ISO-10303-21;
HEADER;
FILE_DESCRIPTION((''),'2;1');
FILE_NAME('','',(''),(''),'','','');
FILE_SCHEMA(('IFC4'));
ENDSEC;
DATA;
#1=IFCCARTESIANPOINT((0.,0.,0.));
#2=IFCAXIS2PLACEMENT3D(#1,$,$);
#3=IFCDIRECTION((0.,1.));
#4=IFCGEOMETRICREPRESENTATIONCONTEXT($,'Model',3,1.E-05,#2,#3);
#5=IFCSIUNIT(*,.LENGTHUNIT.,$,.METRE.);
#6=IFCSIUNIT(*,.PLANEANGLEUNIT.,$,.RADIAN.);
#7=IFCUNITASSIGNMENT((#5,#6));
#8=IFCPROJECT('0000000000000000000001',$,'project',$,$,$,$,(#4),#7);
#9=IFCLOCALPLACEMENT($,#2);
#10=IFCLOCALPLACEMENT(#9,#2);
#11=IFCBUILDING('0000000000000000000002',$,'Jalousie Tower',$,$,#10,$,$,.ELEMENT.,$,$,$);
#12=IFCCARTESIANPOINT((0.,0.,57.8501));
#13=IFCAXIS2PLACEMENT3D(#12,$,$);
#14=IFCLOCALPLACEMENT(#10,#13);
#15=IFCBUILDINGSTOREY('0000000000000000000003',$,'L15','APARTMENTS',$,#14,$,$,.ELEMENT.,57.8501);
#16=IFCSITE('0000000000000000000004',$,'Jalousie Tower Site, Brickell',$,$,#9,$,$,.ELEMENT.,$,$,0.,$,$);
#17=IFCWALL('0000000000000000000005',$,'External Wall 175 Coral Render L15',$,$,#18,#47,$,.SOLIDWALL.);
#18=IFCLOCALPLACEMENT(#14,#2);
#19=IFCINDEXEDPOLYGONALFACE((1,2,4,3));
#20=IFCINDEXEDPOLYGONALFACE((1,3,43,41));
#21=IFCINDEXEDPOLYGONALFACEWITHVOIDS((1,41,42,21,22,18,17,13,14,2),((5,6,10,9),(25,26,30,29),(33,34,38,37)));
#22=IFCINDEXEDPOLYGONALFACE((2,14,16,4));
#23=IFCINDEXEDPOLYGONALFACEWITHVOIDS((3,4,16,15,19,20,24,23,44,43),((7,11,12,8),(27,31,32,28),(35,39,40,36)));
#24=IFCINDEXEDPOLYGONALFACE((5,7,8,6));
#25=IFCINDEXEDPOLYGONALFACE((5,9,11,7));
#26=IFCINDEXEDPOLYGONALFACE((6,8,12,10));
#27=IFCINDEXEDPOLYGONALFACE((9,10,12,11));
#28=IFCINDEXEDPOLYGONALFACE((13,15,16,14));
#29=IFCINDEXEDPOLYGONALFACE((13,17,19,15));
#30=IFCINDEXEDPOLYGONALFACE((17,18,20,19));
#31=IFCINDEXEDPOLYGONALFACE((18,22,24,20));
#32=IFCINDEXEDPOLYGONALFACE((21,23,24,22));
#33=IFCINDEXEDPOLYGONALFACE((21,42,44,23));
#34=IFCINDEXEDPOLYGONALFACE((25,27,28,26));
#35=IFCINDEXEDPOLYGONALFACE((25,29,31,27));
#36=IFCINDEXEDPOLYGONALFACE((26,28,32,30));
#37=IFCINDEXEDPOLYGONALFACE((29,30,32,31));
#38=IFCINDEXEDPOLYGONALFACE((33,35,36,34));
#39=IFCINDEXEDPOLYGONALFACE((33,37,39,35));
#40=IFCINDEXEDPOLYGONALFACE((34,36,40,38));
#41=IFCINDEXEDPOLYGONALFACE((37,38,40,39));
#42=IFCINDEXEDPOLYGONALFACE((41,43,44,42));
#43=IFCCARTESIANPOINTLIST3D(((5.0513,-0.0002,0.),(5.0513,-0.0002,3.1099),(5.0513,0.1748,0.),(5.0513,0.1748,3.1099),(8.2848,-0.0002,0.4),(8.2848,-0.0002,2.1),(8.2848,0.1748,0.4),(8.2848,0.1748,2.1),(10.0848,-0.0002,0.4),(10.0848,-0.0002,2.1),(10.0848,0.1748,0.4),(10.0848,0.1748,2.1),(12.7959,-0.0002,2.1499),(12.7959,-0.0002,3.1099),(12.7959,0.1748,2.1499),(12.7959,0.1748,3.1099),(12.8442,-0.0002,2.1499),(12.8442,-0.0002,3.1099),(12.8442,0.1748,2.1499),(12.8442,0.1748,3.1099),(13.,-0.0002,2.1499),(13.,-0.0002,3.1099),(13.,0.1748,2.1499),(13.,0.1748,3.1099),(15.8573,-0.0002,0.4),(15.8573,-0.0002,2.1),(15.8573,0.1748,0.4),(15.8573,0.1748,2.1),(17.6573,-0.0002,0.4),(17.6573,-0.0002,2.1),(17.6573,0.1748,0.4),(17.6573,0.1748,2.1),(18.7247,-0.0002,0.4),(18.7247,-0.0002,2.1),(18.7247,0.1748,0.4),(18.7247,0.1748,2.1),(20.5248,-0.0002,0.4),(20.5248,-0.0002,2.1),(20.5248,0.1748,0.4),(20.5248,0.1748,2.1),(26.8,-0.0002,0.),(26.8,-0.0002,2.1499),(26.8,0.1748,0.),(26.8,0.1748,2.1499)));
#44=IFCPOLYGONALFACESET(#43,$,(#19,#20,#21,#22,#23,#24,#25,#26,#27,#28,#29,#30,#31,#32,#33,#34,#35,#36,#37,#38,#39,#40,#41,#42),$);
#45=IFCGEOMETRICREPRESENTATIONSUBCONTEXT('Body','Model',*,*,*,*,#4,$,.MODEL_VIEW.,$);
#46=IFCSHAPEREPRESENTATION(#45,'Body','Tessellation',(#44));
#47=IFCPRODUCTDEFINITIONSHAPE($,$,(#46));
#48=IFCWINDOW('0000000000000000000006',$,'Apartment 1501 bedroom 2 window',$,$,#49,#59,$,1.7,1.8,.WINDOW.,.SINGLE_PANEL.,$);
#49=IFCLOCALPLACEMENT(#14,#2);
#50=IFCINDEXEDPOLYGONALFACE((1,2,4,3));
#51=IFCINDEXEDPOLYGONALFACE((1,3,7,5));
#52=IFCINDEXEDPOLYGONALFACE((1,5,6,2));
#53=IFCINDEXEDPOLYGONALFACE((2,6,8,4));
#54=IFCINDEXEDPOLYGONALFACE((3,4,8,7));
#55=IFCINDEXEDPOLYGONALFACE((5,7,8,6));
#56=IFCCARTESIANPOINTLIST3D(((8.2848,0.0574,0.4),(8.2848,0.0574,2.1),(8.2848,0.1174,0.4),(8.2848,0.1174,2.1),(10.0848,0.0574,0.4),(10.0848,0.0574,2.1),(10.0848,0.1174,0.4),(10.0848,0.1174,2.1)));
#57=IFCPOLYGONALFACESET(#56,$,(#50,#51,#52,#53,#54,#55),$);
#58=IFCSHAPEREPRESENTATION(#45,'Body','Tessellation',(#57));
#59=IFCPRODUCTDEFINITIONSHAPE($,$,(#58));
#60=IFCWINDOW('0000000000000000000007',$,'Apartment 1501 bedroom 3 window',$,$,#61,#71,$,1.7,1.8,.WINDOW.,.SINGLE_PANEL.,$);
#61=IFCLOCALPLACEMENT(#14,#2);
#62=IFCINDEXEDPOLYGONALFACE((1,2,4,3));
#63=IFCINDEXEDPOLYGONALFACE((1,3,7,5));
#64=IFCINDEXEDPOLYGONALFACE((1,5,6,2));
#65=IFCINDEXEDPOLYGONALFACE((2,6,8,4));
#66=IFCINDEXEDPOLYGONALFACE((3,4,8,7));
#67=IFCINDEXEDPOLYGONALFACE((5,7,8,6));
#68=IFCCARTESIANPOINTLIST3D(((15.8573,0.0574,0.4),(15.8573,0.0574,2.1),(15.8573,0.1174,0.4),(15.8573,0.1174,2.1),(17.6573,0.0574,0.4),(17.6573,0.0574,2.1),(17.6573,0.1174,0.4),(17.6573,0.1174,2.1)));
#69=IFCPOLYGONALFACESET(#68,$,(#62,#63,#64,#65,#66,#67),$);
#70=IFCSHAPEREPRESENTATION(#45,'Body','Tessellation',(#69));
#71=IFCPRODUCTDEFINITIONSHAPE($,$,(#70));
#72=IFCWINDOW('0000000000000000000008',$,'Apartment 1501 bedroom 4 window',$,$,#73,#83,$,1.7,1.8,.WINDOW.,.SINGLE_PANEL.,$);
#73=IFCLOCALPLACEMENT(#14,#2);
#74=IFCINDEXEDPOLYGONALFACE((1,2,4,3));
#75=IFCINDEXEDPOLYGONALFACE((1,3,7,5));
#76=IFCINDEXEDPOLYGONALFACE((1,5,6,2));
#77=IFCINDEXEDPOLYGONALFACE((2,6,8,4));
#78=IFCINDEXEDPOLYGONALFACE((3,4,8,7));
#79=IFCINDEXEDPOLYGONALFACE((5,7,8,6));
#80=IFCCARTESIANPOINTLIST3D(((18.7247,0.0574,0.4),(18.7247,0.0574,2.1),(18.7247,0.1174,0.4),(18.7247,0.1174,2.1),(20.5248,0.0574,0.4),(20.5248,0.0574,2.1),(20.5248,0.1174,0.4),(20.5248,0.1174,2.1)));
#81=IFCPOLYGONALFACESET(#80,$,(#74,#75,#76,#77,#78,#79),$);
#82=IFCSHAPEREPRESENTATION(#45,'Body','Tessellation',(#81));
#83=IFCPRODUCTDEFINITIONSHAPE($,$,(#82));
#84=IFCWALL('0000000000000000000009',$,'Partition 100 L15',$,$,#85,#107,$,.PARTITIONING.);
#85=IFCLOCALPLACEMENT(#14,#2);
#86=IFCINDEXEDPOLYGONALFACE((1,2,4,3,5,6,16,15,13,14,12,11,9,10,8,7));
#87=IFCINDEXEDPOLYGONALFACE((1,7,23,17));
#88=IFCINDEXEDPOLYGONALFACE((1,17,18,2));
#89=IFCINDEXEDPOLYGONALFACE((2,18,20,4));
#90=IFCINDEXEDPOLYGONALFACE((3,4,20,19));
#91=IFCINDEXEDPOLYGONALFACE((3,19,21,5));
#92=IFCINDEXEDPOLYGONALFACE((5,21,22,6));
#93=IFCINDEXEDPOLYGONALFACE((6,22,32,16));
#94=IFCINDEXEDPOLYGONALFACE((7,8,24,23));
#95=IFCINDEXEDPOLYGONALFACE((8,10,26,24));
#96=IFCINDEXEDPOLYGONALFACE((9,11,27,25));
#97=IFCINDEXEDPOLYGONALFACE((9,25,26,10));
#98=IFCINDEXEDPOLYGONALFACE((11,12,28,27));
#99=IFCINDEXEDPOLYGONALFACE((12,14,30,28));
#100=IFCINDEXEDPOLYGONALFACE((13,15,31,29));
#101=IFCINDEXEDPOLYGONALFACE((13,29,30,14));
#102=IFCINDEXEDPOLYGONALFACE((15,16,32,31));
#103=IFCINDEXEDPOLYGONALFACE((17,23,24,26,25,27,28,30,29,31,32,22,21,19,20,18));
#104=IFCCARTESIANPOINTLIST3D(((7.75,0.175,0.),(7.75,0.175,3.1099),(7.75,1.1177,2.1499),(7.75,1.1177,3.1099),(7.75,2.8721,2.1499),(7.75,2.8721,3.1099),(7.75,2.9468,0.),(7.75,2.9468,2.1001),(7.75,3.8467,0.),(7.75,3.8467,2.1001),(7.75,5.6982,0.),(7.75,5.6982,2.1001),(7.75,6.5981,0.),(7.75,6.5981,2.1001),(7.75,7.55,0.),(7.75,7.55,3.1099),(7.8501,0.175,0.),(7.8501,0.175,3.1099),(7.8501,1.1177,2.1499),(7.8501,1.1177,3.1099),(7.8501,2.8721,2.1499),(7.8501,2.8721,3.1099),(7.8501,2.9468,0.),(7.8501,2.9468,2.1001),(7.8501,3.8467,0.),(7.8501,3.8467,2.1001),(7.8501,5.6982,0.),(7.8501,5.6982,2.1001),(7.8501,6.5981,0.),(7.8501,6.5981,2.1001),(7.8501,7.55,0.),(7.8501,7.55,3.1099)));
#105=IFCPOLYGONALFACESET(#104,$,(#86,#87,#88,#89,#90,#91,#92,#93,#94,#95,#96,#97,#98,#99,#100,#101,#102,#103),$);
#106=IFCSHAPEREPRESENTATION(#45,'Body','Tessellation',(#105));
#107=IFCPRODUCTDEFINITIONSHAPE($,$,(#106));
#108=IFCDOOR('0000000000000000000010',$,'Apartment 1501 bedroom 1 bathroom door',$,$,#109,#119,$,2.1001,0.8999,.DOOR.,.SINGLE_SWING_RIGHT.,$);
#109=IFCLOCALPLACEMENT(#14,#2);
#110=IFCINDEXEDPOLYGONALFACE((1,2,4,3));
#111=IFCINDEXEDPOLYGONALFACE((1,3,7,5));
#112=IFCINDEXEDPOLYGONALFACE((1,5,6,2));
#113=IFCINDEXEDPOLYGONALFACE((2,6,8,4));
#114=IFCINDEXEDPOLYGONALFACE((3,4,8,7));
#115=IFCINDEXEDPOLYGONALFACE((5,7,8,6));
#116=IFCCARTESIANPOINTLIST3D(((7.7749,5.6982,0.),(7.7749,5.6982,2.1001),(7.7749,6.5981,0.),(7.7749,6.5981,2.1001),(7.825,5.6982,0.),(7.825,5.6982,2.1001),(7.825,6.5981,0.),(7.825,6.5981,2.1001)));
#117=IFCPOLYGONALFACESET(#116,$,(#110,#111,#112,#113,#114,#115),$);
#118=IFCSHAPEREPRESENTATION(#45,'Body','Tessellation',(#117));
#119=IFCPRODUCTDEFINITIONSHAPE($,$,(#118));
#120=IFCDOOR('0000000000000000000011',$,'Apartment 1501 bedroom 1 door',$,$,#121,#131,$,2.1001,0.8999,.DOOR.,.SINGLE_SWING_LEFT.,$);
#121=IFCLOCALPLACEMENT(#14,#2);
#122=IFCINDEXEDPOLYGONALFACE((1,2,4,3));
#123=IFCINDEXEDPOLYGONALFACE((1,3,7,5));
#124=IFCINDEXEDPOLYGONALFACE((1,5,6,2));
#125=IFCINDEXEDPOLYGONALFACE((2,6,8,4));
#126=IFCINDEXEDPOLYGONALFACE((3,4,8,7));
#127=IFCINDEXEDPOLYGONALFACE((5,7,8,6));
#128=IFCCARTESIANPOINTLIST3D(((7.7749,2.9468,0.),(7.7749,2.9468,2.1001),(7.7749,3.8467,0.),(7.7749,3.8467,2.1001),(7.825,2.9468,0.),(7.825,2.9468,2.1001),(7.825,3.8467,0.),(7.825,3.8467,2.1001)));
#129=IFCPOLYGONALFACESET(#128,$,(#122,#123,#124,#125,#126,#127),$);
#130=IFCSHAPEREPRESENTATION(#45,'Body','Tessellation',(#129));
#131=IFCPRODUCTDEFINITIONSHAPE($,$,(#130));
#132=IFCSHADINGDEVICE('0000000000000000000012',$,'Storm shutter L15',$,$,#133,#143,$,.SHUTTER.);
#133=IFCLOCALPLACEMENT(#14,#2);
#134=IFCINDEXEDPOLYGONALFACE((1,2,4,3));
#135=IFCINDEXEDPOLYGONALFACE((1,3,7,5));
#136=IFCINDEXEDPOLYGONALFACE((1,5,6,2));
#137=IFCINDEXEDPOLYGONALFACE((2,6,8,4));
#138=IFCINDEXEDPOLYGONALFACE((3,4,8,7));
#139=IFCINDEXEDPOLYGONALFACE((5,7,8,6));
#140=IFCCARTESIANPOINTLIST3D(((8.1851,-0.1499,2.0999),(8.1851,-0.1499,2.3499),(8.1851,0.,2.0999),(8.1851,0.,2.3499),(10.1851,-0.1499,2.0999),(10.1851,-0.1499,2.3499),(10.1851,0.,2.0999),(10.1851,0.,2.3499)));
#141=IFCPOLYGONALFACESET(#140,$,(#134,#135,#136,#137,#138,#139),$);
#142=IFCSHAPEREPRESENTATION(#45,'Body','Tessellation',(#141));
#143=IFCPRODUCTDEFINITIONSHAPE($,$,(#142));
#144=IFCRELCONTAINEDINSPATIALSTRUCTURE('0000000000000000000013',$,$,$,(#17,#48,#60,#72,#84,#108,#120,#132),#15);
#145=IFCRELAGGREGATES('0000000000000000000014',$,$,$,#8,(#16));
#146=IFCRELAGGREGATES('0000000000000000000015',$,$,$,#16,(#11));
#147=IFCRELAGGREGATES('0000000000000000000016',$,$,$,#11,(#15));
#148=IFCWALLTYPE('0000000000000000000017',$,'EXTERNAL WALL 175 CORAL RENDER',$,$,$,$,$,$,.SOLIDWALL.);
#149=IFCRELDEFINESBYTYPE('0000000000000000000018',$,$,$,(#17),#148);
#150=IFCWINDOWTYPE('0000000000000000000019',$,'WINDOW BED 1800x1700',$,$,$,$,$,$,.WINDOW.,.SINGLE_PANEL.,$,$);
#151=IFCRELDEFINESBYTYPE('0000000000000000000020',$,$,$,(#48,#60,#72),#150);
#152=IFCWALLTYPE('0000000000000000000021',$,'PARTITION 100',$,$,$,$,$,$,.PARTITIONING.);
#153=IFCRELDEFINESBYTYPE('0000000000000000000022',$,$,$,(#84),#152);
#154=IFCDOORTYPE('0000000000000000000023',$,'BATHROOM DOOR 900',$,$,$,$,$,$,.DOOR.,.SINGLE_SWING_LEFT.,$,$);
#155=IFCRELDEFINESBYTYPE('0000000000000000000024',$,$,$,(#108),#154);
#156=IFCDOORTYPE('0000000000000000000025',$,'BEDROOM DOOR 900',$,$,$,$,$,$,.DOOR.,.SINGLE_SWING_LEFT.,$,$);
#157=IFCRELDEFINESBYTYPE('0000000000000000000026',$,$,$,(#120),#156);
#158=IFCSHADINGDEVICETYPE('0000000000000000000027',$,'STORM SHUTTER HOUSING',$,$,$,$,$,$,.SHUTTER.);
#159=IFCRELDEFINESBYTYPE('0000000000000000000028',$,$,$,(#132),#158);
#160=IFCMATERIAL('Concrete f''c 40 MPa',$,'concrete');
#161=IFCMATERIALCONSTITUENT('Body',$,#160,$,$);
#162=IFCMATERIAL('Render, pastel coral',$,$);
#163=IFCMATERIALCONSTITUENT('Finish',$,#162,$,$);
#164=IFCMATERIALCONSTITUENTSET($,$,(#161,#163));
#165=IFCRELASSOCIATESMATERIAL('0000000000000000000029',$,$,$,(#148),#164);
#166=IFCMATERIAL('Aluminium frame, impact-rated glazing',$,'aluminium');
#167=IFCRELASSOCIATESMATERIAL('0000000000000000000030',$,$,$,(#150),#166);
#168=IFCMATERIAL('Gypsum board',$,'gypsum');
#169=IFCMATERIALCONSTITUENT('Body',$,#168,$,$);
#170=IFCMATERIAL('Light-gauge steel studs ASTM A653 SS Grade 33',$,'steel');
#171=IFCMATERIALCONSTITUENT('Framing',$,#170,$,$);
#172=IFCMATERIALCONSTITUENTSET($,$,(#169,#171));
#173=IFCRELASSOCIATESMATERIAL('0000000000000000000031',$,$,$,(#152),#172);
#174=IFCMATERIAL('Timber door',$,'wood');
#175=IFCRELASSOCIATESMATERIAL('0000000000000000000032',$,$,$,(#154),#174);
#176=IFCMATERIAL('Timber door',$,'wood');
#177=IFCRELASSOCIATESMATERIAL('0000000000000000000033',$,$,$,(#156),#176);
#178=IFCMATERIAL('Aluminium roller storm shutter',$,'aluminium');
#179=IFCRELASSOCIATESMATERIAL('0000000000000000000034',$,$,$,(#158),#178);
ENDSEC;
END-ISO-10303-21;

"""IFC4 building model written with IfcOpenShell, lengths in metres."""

from ifc_helpers import new_model, si_unit, direction, frame, frame_2d, origin, origin_2d, place, context, subcontext, project, spatial, polyline, rectangle, outline, extrude, material, constituent, constituent_set, type_object, element, fill, save


model = new_model("IFC4")

# Units and contexts
model_context = context("Model", 3, precision=1e-05, world=origin(), true_north=direction((0.0, 1.0)))
body_context = subcontext(model_context, "Body", "Model", "MODEL_VIEW")
ifc_project = project(units=[si_unit("LENGTHUNIT", "METRE"), si_unit("PLANEANGLEUNIT", "RADIAN")], contexts=[model_context])

# Site, building, storey
site_placement = place(None, origin())
site = spatial("IfcSite", under=ifc_project, at=site_placement, Name="Jalousie Tower Site, Brickell", CompositionType="ELEMENT", RefElevation=0.0)
building_placement = place(site_placement, origin())
building = spatial("IfcBuilding", under=site, at=building_placement, Name="Jalousie Tower", CompositionType="ELEMENT")
storey_placement = place(building_placement, frame((0.0, 0.0, 57.8501)))
storey = spatial("IfcBuildingStorey", under=building, at=storey_placement, Name="L15", Description="APARTMENTS", CompositionType="ELEMENT", Elevation=57.8501)

# Wall, openings, windows
ifc_material_1 = material(Name="Concrete f'c 40 MPa", Category="concrete")
ifc_constituent_1 = constituent(ifc_material_1, Name="Body")
ifc_material_2 = material(Name="Render, pastel coral")
ifc_constituent_2 = constituent(ifc_material_2, Name="Finish")
ifc_constituent_set_1 = constituent_set(constituents=[ifc_constituent_1, ifc_constituent_2])
wall_type_1 = type_object("IfcWallType", Name="EXTERNAL WALL 175 CORAL RENDER", PredefinedType="SOLIDWALL", material=ifc_constituent_set_1)
wall_1_placement = place(storey_placement, frame((5.0513, 0.0874, 0.0), z_axis=(0.0, 0.0, 1.0), x_axis=(1.0, 0.0, 0.0)))
wall_1 = element("IfcWall", 1, at=wall_1_placement, inside=storey, type_object=wall_type_1, Name="External Wall 175 Coral Render L15", PredefinedType="SOLIDWALL", context=body_context, shape_type="SweptSolid", body=[
    extrude(outline(polyline([(0.0, 0.0), (21.7488, 0.0), (21.7488, 2.1499), (7.9487, 2.1499), (7.9487, 3.1099), (7.793, 3.1099), (7.793, 2.1499), (7.7446, 2.1499), (7.7446, 3.1099), (0.0, 3.1099), (0.0, 0.0)])), frame((0.0, 0.0874, 0.0), z_axis=(0.0, -1.0, 0.0), x_axis=(1.0, 0.0, 0.0)), (0.0, 0.0, 1.0), 0.175),
])
opening_1_placement = place(wall_1_placement, frame((3.2336, 0.0, 0.3999)))
opening_1 = element("IfcOpeningElement", 2, at=opening_1_placement, cuts=wall_1, PredefinedType="OPENING", context=body_context, shape_type="SweptSolid", body=[
    extrude(rectangle(XDim=1.8, YDim=1.7, at=frame_2d((0.8999, 0.8501))), frame((0.0, 0.0974, 0.0), z_axis=(0.0, -1.0, 0.0), x_axis=(1.0, 0.0, 0.0)), (0.0, 0.0, 1.0), 0.1951),
])
opening_2_placement = place(wall_1_placement, frame((10.8062, 0.0, 0.3999)))
opening_2 = element("IfcOpeningElement", 3, at=opening_2_placement, cuts=wall_1, PredefinedType="OPENING", context=body_context, shape_type="SweptSolid", body=[
    extrude(rectangle(XDim=1.8, YDim=1.7, at=frame_2d((0.8999, 0.8501))), frame((0.0, 0.0974, 0.0), z_axis=(0.0, -1.0, 0.0), x_axis=(1.0, 0.0, 0.0)), (0.0, 0.0, 1.0), 0.1951),
])
opening_3_placement = place(wall_1_placement, frame((13.6736, 0.0, 0.3999)))
opening_3 = element("IfcOpeningElement", 4, at=opening_3_placement, cuts=wall_1, PredefinedType="OPENING", context=body_context, shape_type="SweptSolid", body=[
    extrude(rectangle(XDim=1.8, YDim=1.7, at=frame_2d((0.8999, 0.8501))), frame((0.0, 0.0974, 0.0), z_axis=(0.0, -1.0, 0.0), x_axis=(1.0, 0.0, 0.0)), (0.0, 0.0, 1.0), 0.1951),
])
ifc_material_3 = material(Name="Aluminium frame, impact-rated glazing", Category="aluminium")
window_type = type_object("IfcWindowType", Name="WINDOW BED 1800x1700", PartitioningType="SINGLE_PANEL", PredefinedType="WINDOW", material=ifc_material_3)
window_1_placement = place(opening_1_placement, origin())
window_1 = element("IfcWindow", 5, at=window_1_placement, inside=storey, type_object=window_type, Name="Apartment 1501 bedroom 2 window", OverallHeight=1.7, OverallWidth=1.8, PartitioningType="SINGLE_PANEL", PredefinedType="WINDOW", context=body_context, shape_type="SweptSolid", body=[
    extrude(rectangle(XDim=1.8, YDim=1.7, at=frame_2d((0.8999, 0.8501))), frame((0.0, 0.03, 0.0), z_axis=(0.0, -1.0, 0.0), x_axis=(1.0, 0.0, 0.0)), (0.0, 0.0, 1.0), 0.0601),
])
fill(opening_1, window_1)
window_2_placement = place(opening_2_placement, origin())
window_2 = element("IfcWindow", 6, at=window_2_placement, inside=storey, type_object=window_type, Name="Apartment 1501 bedroom 3 window", OverallHeight=1.7, OverallWidth=1.8, PartitioningType="SINGLE_PANEL", PredefinedType="WINDOW", context=body_context, shape_type="SweptSolid", body=[
    extrude(rectangle(XDim=1.8, YDim=1.7, at=frame_2d((0.8999, 0.8501))), frame((0.0, 0.03, 0.0), z_axis=(0.0, -1.0, 0.0), x_axis=(1.0, 0.0, 0.0)), (0.0, 0.0, 1.0), 0.0601),
])
fill(opening_2, window_2)
window_3_placement = place(opening_3_placement, origin())
window_3 = element("IfcWindow", 7, at=window_3_placement, inside=storey, type_object=window_type, Name="Apartment 1501 bedroom 4 window", OverallHeight=1.7, OverallWidth=1.8, PartitioningType="SINGLE_PANEL", PredefinedType="WINDOW", context=body_context, shape_type="SweptSolid", body=[
    extrude(rectangle(XDim=1.8, YDim=1.7, at=frame_2d((0.8999, 0.8501))), frame((0.0, 0.03, 0.0), z_axis=(0.0, -1.0, 0.0), x_axis=(1.0, 0.0, 0.0)), (0.0, 0.0, 1.0), 0.0601),
])
fill(opening_3, window_3)

# Wall, openings, doors
ifc_material_4 = material(Name="Gypsum board", Category="gypsum")
ifc_constituent_3 = constituent(ifc_material_4, Name="Body")
ifc_material_5 = material(Name="Light-gauge steel studs ASTM A653 SS Grade 33", Category="steel")
ifc_constituent_4 = constituent(ifc_material_5, Name="Framing")
ifc_constituent_set_2 = constituent_set(constituents=[ifc_constituent_3, ifc_constituent_4])
wall_type_2 = type_object("IfcWallType", Name="PARTITION 100", PredefinedType="PARTITIONING", material=ifc_constituent_set_2)
wall_2_placement = place(storey_placement, frame((7.8, 0.175, 0.0), z_axis=(0.0, 0.0, 1.0), x_axis=(0.0, 1.0, 0.0)))
wall_2 = element("IfcWall", 8, at=wall_2_placement, inside=storey, type_object=wall_type_2, Name="Partition 100 L15", PredefinedType="PARTITIONING", context=body_context, shape_type="SweptSolid", body=[
    extrude(outline(polyline([(0.0, 0.0), (7.375, 0.0), (7.375, 3.1099), (2.697, 3.1099), (2.697, 2.1499), (0.9426, 2.1499), (0.9426, 3.1099), (0.0, 3.1099), (0.0, 0.0)])), frame((0.0, 0.05, 0.0), z_axis=(0.0, -1.0, 0.0), x_axis=(1.0, 0.0, 0.0)), (0.0, 0.0, 1.0), 0.1001),
])
opening_4_placement = place(wall_2_placement, frame((2.7717, 0.0, 0.0)))
opening_4 = element("IfcOpeningElement", 9, at=opening_4_placement, cuts=wall_2, PredefinedType="OPENING", context=body_context, shape_type="SweptSolid", body=[
    extrude(rectangle(XDim=0.8999, YDim=2.1001, at=frame_2d((0.45, 1.05))), frame((0.0, 0.0601, 0.0), z_axis=(0.0, -1.0, 0.0), x_axis=(1.0, 0.0, 0.0)), (0.0, 0.0, 1.0), 0.1201),
])
opening_5_placement = place(wall_2_placement, frame((5.5232, 0.0, 0.0)))
opening_5 = element("IfcOpeningElement", 10, at=opening_5_placement, cuts=wall_2, PredefinedType="OPENING", context=body_context, shape_type="SweptSolid", body=[
    extrude(rectangle(XDim=0.8999, YDim=2.1001, at=frame_2d((0.45, 1.05))), frame((0.0, 0.0601, 0.0), z_axis=(0.0, -1.0, 0.0), x_axis=(1.0, 0.0, 0.0)), (0.0, 0.0, 1.0), 0.1201),
])
ifc_material_6 = material(Name="Timber door", Category="wood")
door_type_1 = type_object("IfcDoorType", Name="BATHROOM DOOR 900", OperationType="SINGLE_SWING_LEFT", PredefinedType="DOOR", material=ifc_material_6)
door_1_placement = place(opening_5_placement, frame((0.8999, 0.0, 0.0), z_axis=(0.0, 0.0, 1.0), x_axis=(-1.0, 0.0, 0.0)))
door_1 = element("IfcDoor", 11, at=door_1_placement, inside=storey, type_object=door_type_1, Name="Apartment 1501 bedroom 1 bathroom door", OperationType="SINGLE_SWING_RIGHT", OverallHeight=2.1001, OverallWidth=0.8999, PredefinedType="DOOR", context=body_context, shape_type="SweptSolid", body=[
    extrude(rectangle(XDim=0.8999, YDim=2.1001, at=frame_2d((0.45, 1.05))), frame((0.0, 0.0249, 0.0), z_axis=(0.0, -1.0, 0.0), x_axis=(1.0, 0.0, 0.0)), (0.0, 0.0, 1.0), 0.05),
])
fill(opening_5, door_1)
ifc_material_7 = material(Name="Timber door", Category="wood")
door_type_2 = type_object("IfcDoorType", Name="BEDROOM DOOR 900", OperationType="SINGLE_SWING_LEFT", PredefinedType="DOOR", material=ifc_material_7)
door_2_placement = place(opening_4_placement, frame((0.8999, 0.0, 0.0), z_axis=(0.0, 0.0, 1.0), x_axis=(-1.0, 0.0, 0.0)))
door_2 = element("IfcDoor", 12, at=door_2_placement, inside=storey, type_object=door_type_2, Name="Apartment 1501 bedroom 1 door", OperationType="SINGLE_SWING_LEFT", OverallHeight=2.1001, OverallWidth=0.8999, PredefinedType="DOOR", context=body_context, shape_type="SweptSolid", body=[
    extrude(rectangle(XDim=0.8999, YDim=2.1001, at=frame_2d((0.45, 1.05))), frame((0.0, 0.0249, 0.0), z_axis=(0.0, -1.0, 0.0), x_axis=(1.0, 0.0, 0.0)), (0.0, 0.0, 1.0), 0.05),
])
fill(opening_4, door_2)

# Shading device
ifc_material_8 = material(Name="Aluminium roller storm shutter", Category="aluminium")
shading_device_type = type_object("IfcShadingDeviceType", Name="STORM SHUTTER HOUSING", PredefinedType="SHUTTER", material=ifc_material_8)
shading_device_placement = place(storey_placement, frame((9.1851, -0.075, 2.0999), z_axis=(0.0, 0.0, 1.0), x_axis=(1.0, 0.0, 0.0)))
element("IfcShadingDevice", 13, at=shading_device_placement, inside=storey, type_object=shading_device_type, Name="Storm shutter L15", PredefinedType="SHUTTER", context=body_context, shape_type="SweptSolid", body=[
    extrude(rectangle(XDim=2.0, YDim=0.1499, at=origin_2d()), origin(), (0.0, 0.0, 1.0), 0.25),
])

save(model, "model.ifc")
